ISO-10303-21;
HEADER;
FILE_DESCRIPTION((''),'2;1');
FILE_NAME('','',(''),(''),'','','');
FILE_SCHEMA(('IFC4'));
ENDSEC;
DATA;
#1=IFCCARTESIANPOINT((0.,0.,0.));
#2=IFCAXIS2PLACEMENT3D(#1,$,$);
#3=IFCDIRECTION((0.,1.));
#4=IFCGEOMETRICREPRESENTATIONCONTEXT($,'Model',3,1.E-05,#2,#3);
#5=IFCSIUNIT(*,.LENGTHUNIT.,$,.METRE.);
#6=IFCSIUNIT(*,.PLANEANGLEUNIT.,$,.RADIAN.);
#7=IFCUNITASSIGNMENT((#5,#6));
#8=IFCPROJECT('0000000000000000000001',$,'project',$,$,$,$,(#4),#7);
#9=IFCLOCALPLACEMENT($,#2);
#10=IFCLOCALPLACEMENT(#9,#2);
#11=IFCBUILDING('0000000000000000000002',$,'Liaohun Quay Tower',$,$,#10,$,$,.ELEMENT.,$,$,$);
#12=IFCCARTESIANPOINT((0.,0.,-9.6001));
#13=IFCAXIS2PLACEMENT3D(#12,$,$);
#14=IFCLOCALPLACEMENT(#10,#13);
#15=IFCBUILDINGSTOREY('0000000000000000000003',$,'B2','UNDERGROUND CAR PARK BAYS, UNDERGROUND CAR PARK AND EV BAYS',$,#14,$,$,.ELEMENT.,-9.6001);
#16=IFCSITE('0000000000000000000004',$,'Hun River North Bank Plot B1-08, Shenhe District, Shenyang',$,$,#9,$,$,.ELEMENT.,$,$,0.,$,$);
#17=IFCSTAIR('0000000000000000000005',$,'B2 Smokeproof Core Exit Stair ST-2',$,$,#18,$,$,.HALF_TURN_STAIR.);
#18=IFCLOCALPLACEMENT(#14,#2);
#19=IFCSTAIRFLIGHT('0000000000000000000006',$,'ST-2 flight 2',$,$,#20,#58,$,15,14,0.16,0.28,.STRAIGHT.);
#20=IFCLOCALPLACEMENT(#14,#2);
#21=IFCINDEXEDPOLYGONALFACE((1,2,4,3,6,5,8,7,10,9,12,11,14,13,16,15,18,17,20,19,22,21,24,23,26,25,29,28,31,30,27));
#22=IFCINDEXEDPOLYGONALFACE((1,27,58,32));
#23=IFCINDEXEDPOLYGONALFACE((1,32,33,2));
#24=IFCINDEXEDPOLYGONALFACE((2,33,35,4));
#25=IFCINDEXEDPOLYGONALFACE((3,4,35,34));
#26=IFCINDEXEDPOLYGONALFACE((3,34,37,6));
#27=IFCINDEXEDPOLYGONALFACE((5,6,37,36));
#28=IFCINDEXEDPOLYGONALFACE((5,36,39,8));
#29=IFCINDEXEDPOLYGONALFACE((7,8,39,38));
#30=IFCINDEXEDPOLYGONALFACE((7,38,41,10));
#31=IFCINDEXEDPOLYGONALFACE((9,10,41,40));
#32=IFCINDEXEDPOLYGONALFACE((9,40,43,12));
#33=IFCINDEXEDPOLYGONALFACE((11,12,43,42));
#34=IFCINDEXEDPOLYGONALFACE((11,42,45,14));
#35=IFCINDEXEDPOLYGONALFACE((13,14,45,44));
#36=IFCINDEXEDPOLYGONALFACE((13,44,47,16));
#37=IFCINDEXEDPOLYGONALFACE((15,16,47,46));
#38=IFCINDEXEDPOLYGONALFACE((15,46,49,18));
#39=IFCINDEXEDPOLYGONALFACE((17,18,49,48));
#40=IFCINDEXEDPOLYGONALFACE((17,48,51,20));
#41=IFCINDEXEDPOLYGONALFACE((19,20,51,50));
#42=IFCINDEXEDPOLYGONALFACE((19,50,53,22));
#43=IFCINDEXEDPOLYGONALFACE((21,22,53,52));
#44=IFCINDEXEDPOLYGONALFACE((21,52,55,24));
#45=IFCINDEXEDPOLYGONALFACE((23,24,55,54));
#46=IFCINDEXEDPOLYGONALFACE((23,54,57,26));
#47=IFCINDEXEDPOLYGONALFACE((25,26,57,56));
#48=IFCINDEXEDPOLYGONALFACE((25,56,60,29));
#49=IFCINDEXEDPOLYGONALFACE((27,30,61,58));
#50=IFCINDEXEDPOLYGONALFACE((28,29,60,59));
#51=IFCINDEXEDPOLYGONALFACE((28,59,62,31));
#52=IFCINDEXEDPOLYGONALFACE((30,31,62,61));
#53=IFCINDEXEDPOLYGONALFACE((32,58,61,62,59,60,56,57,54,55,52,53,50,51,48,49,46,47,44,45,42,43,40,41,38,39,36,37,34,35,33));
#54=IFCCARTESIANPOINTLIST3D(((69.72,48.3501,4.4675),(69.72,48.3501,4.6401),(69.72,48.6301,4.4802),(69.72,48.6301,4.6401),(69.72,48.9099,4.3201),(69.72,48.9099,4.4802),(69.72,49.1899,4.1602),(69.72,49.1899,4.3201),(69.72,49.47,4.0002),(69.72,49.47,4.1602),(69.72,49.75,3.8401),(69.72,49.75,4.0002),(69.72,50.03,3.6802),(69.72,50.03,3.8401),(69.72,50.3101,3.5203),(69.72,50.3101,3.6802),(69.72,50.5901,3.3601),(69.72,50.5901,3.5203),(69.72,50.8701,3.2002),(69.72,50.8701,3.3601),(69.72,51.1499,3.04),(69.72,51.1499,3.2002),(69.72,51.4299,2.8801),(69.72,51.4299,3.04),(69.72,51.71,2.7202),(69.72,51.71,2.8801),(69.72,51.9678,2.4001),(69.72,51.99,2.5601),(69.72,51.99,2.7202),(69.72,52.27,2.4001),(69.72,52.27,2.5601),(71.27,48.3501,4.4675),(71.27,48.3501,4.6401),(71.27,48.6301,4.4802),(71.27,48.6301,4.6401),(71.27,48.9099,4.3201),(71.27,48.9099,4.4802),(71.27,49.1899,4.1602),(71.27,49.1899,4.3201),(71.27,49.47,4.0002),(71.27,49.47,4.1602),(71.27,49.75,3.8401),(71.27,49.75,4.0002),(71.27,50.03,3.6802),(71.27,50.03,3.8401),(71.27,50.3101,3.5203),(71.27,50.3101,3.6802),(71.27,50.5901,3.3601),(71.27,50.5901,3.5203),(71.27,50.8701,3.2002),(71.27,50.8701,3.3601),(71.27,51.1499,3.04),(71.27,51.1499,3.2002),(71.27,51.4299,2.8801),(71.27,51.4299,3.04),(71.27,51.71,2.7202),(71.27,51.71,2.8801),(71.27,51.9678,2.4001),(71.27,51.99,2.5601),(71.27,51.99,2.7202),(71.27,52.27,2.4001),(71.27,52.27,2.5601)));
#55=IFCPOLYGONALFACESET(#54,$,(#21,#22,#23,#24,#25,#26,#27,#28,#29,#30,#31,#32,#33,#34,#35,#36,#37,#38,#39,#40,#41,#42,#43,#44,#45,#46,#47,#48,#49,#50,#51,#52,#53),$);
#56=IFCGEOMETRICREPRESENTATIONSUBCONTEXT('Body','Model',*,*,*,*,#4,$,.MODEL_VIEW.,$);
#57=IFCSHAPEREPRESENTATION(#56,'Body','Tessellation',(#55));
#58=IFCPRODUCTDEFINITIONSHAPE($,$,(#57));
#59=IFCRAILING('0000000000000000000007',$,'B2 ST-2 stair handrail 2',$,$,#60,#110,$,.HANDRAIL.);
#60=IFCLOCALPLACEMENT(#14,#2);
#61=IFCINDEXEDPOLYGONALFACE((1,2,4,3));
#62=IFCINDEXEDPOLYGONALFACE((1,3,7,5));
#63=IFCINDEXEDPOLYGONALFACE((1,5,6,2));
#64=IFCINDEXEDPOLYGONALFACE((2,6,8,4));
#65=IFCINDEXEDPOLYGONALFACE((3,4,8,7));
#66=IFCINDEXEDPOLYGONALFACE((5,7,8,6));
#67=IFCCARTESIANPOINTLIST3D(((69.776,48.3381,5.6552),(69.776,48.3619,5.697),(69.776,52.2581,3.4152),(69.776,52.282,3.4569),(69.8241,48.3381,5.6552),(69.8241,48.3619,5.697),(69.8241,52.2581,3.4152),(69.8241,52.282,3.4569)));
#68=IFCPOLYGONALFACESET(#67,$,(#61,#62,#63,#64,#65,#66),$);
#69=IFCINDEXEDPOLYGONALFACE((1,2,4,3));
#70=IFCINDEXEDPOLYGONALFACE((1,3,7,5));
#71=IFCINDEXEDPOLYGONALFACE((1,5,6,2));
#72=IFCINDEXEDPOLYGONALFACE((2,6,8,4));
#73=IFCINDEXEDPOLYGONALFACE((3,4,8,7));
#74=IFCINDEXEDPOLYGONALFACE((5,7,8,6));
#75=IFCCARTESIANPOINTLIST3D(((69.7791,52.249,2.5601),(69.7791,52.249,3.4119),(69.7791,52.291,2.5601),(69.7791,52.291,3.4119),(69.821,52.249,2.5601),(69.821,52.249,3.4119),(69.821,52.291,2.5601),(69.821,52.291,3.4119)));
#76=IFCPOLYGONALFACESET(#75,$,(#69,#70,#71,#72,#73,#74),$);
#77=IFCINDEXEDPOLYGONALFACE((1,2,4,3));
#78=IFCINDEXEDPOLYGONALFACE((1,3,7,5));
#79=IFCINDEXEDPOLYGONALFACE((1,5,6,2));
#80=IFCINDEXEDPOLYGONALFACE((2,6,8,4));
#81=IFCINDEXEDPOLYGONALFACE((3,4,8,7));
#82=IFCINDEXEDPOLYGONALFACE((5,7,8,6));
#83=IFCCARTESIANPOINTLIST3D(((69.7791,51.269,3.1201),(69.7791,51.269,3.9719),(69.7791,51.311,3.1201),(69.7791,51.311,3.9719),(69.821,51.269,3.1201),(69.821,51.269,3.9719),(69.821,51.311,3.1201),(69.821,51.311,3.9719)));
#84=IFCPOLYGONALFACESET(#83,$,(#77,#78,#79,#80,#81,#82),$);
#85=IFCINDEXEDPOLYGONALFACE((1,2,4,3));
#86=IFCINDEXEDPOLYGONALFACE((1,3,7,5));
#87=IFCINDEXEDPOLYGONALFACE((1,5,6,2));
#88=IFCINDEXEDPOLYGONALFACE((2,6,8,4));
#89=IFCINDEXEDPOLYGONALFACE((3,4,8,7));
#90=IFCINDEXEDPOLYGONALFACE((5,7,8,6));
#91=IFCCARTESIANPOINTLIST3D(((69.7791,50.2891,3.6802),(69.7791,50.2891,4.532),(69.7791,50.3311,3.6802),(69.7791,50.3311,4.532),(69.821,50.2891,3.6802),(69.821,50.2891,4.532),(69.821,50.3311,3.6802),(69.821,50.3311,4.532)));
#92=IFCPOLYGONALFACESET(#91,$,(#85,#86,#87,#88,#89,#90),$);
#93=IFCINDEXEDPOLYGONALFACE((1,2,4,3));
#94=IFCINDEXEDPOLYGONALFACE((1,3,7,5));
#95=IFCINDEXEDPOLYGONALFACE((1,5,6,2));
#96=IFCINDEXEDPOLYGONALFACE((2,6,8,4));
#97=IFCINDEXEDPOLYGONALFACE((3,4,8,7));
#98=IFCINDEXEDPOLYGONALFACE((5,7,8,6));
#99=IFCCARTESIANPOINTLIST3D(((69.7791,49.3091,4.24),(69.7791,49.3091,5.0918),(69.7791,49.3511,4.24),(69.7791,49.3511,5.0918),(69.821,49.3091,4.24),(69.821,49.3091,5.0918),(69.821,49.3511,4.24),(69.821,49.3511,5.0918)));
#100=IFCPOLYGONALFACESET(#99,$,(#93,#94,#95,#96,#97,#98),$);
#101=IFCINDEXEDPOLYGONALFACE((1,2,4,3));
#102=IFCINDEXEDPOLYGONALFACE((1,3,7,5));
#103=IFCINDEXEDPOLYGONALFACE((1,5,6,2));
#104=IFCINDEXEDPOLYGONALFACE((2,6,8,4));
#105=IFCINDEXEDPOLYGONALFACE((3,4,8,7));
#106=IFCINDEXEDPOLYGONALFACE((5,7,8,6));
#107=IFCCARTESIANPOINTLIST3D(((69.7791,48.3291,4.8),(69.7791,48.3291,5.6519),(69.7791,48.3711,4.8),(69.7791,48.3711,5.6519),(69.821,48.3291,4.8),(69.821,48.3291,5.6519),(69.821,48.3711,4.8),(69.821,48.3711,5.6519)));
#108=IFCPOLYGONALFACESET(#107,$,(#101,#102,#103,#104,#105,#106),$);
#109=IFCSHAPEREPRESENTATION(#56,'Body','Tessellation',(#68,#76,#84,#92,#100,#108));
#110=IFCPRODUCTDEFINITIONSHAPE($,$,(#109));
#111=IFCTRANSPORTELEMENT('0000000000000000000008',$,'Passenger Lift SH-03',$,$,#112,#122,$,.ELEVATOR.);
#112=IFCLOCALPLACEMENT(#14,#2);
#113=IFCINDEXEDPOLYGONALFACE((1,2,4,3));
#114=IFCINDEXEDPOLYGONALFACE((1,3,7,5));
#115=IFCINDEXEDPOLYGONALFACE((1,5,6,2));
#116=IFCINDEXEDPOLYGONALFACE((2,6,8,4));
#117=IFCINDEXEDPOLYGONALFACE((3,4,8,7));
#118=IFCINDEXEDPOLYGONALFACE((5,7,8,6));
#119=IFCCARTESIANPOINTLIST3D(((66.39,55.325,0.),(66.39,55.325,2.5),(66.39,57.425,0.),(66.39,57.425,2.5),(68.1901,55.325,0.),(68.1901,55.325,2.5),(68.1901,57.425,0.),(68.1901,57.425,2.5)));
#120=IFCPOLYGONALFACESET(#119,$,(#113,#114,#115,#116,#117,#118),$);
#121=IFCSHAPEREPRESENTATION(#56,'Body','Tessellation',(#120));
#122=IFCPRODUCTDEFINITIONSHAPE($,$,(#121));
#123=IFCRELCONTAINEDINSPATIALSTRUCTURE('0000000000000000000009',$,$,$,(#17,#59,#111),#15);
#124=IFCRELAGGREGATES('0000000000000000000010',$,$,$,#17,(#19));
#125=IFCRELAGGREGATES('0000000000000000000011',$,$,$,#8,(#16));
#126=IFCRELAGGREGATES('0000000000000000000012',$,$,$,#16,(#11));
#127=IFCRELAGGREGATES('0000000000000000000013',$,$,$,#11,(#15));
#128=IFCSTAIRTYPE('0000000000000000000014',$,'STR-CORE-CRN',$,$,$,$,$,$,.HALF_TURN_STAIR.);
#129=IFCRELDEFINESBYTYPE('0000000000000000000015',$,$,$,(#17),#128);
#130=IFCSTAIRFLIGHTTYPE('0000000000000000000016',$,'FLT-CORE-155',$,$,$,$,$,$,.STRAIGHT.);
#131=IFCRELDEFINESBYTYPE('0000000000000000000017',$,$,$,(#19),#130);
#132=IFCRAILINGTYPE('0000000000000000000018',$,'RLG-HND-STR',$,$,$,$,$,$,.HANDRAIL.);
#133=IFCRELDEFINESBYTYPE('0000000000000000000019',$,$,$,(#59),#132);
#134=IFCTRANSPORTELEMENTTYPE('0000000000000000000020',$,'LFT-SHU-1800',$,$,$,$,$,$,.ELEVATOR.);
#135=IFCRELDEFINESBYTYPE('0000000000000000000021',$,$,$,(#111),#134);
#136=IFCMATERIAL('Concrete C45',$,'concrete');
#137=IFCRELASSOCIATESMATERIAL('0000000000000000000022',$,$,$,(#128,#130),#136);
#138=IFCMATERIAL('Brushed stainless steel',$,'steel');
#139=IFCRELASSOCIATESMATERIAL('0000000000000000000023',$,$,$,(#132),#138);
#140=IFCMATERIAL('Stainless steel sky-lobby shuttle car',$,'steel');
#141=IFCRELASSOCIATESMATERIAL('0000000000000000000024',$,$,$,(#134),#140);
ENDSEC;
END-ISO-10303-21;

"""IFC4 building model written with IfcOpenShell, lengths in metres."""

from ifc_helpers import new_model, si_unit, direction, frame, origin, origin_2d, place, context, subcontext, project, spatial, polyline, rectangle, outline, extrude, source, transform, mapped, material, type_object, element, aggregate, save


model = new_model("IFC4")

# Units and contexts
model_context = context("Model", 3, precision=1e-05, world=origin(), true_north=direction((0.0, 1.0)))
body_context = subcontext(model_context, "Body", "Model", "MODEL_VIEW")
ifc_project = project(units=[si_unit("LENGTHUNIT", "METRE"), si_unit("PLANEANGLEUNIT", "RADIAN")], contexts=[model_context])

# Site, building, storey
site_placement = place(None, origin())
site = spatial("IfcSite", under=ifc_project, at=site_placement, Name="Hun River North Bank Plot B1-08, Shenhe District, Shenyang", CompositionType="ELEMENT", RefElevation=0.0)
building_placement = place(site_placement, origin())
building = spatial("IfcBuilding", under=site, at=building_placement, Name="Liaohun Quay Tower", CompositionType="ELEMENT")
storey_placement = place(building_placement, frame((0.0, 0.0, -9.6001)))
storey = spatial("IfcBuildingStorey", under=building, at=storey_placement, Name="B2", Description="UNDERGROUND CAR PARK BAYS, UNDERGROUND CAR PARK AND EV BAYS", CompositionType="ELEMENT", Elevation=-9.6001)

# Stair, stair flight
ifc_material_1 = material(Name="Concrete C45", Category="concrete")
stair_type = type_object("IfcStairType", Name="STR-CORE-CRN", PredefinedType="HALF_TURN_STAIR", material=ifc_material_1)
stair_placement = place(storey_placement, origin())
stair = element("IfcStair", 1, at=stair_placement, inside=storey, type_object=stair_type, Name="B2 Smokeproof Core Exit Stair ST-2", PredefinedType="HALF_TURN_STAIR")
stair_flight_type = type_object("IfcStairFlightType", Name="FLT-CORE-155", PredefinedType="STRAIGHT", material=ifc_material_1)
stair_flight_placement = place(storey_placement, frame((70.4951, 52.27, 2.4001), z_axis=(0.0, 0.0, 1.0), x_axis=(0.0, -1.0, 0.0)))
stair_flight = element("IfcStairFlight", 2, at=stair_flight_placement, type_object=stair_flight_type, Name="ST-2 flight 2", NumberOfRisers=15, NumberOfTreads=14, PredefinedType="STRAIGHT", RiserHeight=0.16, TreadLength=0.28, context=body_context, shape_type="SweptSolid", body=[
    extrude(outline(polyline([(0.0, 0.0), (0.0, 0.1599), (0.28, 0.1599), (0.28, 0.3201), (0.5601, 0.3201), (0.5601, 0.48), (0.8401, 0.48), (0.8401, 0.6399), (1.1201, 0.6399), (1.1201, 0.8), (1.3999, 0.8), (1.3999, 0.96), (1.6799, 0.96), (1.6799, 1.1201), (1.96, 1.1201), (1.96, 1.28), (2.24, 1.28), (2.24, 1.4399), (2.52, 1.4399), (2.52, 1.6001), (2.8, 1.6001), (2.8, 1.76), (3.0801, 1.76), (3.0801, 1.9199), (3.3601, 1.9199), (3.3601, 2.0801), (3.6399, 2.0801), (3.6399, 2.24), (3.9199, 2.24), (3.9199, 2.3999), (3.9199, 2.0674), (0.3022, 0.0), (0.0, 0.0)])), frame((0.0, 0.7749, 0.0), z_axis=(0.0, -1.0, 0.0), x_axis=(1.0, 0.0, 0.0)), (0.0, 0.0, 1.0), 1.55),
])
aggregate(stair, [stair_flight])

# Railing
ifc_material_2 = material(Name="Brushed stainless steel", Category="steel")
railing_type = type_object("IfcRailingType", Name="RLG-HND-STR", PredefinedType="HANDRAIL", material=ifc_material_2)
railing_placement = place(storey_placement, frame((69.8, 52.27, 2.5601)))
element("IfcRailing", 3, at=railing_placement, inside=storey, type_object=railing_type, Name="B2 ST-2 stair handrail 2", PredefinedType="HANDRAIL", context=body_context, shape_type="SweptSolid", body=[
    extrude(rectangle(XDim=0.0481, YDim=0.0481, at=origin_2d()), frame((0.0, 0.0, 0.876), z_axis=(0.0, -0.86824, 0.496145), x_axis=(1.0, 0.0, 0.0)), (0.0, 0.0, 1.0), 4.5149),
    extrude(rectangle(XDim=0.042, YDim=0.042, at=origin_2d()), origin(), (0.0, 0.0, 1.0), 0.8518),
    extrude(rectangle(XDim=0.042, YDim=0.042, at=origin_2d()), frame((0.0, -0.98, 0.5601)), (0.0, 0.0, 1.0), 0.8518),
    extrude(rectangle(XDim=0.042, YDim=0.042, at=origin_2d()), frame((0.0, -1.96, 1.1201)), (0.0, 0.0, 1.0), 0.8518),
    extrude(rectangle(XDim=0.042, YDim=0.042, at=origin_2d()), frame((0.0, -2.9399, 1.6799)), (0.0, 0.0, 1.0), 0.8518),
    extrude(rectangle(XDim=0.042, YDim=0.042, at=origin_2d()), frame((0.0, -3.9199, 2.24)), (0.0, 0.0, 1.0), 0.8518),
])

# Transport element
ifc_material_3 = material(Name="Stainless steel sky-lobby shuttle car", Category="steel")
transport_element_type = type_object("IfcTransportElementType", Name="LFT-SHU-1800", PredefinedType="ELEVATOR", material=ifc_material_3)
shared_shape_1 = source(origin(), body_context, "Body", "SweptSolid", [
    extrude(rectangle(XDim=1.8, YDim=2.1001, at=origin_2d()), origin(), (0.0, 0.0, 1.0), 2.5),
])
transport_element_placement = place(storey_placement, frame((67.29, 56.375, 0.0), z_axis=(0.0, 0.0, 1.0), x_axis=(1.0, 0.0, 0.0)))
element("IfcTransportElement", 4, at=transport_element_placement, inside=storey, type_object=transport_element_type, Name="Passenger Lift SH-03", PredefinedType="ELEVATOR", context=body_context, shape_type="MappedRepresentation", body=[
    mapped(shared_shape_1, transform((0.0, 0.0, 0.0), x_axis=(1.0, 0.0, 0.0), y_axis=(0.0, 1.0, 0.0), z_axis=(0.0, 0.0, 1.0), scale=1.0)),
])

save(model, "model.ifc")
